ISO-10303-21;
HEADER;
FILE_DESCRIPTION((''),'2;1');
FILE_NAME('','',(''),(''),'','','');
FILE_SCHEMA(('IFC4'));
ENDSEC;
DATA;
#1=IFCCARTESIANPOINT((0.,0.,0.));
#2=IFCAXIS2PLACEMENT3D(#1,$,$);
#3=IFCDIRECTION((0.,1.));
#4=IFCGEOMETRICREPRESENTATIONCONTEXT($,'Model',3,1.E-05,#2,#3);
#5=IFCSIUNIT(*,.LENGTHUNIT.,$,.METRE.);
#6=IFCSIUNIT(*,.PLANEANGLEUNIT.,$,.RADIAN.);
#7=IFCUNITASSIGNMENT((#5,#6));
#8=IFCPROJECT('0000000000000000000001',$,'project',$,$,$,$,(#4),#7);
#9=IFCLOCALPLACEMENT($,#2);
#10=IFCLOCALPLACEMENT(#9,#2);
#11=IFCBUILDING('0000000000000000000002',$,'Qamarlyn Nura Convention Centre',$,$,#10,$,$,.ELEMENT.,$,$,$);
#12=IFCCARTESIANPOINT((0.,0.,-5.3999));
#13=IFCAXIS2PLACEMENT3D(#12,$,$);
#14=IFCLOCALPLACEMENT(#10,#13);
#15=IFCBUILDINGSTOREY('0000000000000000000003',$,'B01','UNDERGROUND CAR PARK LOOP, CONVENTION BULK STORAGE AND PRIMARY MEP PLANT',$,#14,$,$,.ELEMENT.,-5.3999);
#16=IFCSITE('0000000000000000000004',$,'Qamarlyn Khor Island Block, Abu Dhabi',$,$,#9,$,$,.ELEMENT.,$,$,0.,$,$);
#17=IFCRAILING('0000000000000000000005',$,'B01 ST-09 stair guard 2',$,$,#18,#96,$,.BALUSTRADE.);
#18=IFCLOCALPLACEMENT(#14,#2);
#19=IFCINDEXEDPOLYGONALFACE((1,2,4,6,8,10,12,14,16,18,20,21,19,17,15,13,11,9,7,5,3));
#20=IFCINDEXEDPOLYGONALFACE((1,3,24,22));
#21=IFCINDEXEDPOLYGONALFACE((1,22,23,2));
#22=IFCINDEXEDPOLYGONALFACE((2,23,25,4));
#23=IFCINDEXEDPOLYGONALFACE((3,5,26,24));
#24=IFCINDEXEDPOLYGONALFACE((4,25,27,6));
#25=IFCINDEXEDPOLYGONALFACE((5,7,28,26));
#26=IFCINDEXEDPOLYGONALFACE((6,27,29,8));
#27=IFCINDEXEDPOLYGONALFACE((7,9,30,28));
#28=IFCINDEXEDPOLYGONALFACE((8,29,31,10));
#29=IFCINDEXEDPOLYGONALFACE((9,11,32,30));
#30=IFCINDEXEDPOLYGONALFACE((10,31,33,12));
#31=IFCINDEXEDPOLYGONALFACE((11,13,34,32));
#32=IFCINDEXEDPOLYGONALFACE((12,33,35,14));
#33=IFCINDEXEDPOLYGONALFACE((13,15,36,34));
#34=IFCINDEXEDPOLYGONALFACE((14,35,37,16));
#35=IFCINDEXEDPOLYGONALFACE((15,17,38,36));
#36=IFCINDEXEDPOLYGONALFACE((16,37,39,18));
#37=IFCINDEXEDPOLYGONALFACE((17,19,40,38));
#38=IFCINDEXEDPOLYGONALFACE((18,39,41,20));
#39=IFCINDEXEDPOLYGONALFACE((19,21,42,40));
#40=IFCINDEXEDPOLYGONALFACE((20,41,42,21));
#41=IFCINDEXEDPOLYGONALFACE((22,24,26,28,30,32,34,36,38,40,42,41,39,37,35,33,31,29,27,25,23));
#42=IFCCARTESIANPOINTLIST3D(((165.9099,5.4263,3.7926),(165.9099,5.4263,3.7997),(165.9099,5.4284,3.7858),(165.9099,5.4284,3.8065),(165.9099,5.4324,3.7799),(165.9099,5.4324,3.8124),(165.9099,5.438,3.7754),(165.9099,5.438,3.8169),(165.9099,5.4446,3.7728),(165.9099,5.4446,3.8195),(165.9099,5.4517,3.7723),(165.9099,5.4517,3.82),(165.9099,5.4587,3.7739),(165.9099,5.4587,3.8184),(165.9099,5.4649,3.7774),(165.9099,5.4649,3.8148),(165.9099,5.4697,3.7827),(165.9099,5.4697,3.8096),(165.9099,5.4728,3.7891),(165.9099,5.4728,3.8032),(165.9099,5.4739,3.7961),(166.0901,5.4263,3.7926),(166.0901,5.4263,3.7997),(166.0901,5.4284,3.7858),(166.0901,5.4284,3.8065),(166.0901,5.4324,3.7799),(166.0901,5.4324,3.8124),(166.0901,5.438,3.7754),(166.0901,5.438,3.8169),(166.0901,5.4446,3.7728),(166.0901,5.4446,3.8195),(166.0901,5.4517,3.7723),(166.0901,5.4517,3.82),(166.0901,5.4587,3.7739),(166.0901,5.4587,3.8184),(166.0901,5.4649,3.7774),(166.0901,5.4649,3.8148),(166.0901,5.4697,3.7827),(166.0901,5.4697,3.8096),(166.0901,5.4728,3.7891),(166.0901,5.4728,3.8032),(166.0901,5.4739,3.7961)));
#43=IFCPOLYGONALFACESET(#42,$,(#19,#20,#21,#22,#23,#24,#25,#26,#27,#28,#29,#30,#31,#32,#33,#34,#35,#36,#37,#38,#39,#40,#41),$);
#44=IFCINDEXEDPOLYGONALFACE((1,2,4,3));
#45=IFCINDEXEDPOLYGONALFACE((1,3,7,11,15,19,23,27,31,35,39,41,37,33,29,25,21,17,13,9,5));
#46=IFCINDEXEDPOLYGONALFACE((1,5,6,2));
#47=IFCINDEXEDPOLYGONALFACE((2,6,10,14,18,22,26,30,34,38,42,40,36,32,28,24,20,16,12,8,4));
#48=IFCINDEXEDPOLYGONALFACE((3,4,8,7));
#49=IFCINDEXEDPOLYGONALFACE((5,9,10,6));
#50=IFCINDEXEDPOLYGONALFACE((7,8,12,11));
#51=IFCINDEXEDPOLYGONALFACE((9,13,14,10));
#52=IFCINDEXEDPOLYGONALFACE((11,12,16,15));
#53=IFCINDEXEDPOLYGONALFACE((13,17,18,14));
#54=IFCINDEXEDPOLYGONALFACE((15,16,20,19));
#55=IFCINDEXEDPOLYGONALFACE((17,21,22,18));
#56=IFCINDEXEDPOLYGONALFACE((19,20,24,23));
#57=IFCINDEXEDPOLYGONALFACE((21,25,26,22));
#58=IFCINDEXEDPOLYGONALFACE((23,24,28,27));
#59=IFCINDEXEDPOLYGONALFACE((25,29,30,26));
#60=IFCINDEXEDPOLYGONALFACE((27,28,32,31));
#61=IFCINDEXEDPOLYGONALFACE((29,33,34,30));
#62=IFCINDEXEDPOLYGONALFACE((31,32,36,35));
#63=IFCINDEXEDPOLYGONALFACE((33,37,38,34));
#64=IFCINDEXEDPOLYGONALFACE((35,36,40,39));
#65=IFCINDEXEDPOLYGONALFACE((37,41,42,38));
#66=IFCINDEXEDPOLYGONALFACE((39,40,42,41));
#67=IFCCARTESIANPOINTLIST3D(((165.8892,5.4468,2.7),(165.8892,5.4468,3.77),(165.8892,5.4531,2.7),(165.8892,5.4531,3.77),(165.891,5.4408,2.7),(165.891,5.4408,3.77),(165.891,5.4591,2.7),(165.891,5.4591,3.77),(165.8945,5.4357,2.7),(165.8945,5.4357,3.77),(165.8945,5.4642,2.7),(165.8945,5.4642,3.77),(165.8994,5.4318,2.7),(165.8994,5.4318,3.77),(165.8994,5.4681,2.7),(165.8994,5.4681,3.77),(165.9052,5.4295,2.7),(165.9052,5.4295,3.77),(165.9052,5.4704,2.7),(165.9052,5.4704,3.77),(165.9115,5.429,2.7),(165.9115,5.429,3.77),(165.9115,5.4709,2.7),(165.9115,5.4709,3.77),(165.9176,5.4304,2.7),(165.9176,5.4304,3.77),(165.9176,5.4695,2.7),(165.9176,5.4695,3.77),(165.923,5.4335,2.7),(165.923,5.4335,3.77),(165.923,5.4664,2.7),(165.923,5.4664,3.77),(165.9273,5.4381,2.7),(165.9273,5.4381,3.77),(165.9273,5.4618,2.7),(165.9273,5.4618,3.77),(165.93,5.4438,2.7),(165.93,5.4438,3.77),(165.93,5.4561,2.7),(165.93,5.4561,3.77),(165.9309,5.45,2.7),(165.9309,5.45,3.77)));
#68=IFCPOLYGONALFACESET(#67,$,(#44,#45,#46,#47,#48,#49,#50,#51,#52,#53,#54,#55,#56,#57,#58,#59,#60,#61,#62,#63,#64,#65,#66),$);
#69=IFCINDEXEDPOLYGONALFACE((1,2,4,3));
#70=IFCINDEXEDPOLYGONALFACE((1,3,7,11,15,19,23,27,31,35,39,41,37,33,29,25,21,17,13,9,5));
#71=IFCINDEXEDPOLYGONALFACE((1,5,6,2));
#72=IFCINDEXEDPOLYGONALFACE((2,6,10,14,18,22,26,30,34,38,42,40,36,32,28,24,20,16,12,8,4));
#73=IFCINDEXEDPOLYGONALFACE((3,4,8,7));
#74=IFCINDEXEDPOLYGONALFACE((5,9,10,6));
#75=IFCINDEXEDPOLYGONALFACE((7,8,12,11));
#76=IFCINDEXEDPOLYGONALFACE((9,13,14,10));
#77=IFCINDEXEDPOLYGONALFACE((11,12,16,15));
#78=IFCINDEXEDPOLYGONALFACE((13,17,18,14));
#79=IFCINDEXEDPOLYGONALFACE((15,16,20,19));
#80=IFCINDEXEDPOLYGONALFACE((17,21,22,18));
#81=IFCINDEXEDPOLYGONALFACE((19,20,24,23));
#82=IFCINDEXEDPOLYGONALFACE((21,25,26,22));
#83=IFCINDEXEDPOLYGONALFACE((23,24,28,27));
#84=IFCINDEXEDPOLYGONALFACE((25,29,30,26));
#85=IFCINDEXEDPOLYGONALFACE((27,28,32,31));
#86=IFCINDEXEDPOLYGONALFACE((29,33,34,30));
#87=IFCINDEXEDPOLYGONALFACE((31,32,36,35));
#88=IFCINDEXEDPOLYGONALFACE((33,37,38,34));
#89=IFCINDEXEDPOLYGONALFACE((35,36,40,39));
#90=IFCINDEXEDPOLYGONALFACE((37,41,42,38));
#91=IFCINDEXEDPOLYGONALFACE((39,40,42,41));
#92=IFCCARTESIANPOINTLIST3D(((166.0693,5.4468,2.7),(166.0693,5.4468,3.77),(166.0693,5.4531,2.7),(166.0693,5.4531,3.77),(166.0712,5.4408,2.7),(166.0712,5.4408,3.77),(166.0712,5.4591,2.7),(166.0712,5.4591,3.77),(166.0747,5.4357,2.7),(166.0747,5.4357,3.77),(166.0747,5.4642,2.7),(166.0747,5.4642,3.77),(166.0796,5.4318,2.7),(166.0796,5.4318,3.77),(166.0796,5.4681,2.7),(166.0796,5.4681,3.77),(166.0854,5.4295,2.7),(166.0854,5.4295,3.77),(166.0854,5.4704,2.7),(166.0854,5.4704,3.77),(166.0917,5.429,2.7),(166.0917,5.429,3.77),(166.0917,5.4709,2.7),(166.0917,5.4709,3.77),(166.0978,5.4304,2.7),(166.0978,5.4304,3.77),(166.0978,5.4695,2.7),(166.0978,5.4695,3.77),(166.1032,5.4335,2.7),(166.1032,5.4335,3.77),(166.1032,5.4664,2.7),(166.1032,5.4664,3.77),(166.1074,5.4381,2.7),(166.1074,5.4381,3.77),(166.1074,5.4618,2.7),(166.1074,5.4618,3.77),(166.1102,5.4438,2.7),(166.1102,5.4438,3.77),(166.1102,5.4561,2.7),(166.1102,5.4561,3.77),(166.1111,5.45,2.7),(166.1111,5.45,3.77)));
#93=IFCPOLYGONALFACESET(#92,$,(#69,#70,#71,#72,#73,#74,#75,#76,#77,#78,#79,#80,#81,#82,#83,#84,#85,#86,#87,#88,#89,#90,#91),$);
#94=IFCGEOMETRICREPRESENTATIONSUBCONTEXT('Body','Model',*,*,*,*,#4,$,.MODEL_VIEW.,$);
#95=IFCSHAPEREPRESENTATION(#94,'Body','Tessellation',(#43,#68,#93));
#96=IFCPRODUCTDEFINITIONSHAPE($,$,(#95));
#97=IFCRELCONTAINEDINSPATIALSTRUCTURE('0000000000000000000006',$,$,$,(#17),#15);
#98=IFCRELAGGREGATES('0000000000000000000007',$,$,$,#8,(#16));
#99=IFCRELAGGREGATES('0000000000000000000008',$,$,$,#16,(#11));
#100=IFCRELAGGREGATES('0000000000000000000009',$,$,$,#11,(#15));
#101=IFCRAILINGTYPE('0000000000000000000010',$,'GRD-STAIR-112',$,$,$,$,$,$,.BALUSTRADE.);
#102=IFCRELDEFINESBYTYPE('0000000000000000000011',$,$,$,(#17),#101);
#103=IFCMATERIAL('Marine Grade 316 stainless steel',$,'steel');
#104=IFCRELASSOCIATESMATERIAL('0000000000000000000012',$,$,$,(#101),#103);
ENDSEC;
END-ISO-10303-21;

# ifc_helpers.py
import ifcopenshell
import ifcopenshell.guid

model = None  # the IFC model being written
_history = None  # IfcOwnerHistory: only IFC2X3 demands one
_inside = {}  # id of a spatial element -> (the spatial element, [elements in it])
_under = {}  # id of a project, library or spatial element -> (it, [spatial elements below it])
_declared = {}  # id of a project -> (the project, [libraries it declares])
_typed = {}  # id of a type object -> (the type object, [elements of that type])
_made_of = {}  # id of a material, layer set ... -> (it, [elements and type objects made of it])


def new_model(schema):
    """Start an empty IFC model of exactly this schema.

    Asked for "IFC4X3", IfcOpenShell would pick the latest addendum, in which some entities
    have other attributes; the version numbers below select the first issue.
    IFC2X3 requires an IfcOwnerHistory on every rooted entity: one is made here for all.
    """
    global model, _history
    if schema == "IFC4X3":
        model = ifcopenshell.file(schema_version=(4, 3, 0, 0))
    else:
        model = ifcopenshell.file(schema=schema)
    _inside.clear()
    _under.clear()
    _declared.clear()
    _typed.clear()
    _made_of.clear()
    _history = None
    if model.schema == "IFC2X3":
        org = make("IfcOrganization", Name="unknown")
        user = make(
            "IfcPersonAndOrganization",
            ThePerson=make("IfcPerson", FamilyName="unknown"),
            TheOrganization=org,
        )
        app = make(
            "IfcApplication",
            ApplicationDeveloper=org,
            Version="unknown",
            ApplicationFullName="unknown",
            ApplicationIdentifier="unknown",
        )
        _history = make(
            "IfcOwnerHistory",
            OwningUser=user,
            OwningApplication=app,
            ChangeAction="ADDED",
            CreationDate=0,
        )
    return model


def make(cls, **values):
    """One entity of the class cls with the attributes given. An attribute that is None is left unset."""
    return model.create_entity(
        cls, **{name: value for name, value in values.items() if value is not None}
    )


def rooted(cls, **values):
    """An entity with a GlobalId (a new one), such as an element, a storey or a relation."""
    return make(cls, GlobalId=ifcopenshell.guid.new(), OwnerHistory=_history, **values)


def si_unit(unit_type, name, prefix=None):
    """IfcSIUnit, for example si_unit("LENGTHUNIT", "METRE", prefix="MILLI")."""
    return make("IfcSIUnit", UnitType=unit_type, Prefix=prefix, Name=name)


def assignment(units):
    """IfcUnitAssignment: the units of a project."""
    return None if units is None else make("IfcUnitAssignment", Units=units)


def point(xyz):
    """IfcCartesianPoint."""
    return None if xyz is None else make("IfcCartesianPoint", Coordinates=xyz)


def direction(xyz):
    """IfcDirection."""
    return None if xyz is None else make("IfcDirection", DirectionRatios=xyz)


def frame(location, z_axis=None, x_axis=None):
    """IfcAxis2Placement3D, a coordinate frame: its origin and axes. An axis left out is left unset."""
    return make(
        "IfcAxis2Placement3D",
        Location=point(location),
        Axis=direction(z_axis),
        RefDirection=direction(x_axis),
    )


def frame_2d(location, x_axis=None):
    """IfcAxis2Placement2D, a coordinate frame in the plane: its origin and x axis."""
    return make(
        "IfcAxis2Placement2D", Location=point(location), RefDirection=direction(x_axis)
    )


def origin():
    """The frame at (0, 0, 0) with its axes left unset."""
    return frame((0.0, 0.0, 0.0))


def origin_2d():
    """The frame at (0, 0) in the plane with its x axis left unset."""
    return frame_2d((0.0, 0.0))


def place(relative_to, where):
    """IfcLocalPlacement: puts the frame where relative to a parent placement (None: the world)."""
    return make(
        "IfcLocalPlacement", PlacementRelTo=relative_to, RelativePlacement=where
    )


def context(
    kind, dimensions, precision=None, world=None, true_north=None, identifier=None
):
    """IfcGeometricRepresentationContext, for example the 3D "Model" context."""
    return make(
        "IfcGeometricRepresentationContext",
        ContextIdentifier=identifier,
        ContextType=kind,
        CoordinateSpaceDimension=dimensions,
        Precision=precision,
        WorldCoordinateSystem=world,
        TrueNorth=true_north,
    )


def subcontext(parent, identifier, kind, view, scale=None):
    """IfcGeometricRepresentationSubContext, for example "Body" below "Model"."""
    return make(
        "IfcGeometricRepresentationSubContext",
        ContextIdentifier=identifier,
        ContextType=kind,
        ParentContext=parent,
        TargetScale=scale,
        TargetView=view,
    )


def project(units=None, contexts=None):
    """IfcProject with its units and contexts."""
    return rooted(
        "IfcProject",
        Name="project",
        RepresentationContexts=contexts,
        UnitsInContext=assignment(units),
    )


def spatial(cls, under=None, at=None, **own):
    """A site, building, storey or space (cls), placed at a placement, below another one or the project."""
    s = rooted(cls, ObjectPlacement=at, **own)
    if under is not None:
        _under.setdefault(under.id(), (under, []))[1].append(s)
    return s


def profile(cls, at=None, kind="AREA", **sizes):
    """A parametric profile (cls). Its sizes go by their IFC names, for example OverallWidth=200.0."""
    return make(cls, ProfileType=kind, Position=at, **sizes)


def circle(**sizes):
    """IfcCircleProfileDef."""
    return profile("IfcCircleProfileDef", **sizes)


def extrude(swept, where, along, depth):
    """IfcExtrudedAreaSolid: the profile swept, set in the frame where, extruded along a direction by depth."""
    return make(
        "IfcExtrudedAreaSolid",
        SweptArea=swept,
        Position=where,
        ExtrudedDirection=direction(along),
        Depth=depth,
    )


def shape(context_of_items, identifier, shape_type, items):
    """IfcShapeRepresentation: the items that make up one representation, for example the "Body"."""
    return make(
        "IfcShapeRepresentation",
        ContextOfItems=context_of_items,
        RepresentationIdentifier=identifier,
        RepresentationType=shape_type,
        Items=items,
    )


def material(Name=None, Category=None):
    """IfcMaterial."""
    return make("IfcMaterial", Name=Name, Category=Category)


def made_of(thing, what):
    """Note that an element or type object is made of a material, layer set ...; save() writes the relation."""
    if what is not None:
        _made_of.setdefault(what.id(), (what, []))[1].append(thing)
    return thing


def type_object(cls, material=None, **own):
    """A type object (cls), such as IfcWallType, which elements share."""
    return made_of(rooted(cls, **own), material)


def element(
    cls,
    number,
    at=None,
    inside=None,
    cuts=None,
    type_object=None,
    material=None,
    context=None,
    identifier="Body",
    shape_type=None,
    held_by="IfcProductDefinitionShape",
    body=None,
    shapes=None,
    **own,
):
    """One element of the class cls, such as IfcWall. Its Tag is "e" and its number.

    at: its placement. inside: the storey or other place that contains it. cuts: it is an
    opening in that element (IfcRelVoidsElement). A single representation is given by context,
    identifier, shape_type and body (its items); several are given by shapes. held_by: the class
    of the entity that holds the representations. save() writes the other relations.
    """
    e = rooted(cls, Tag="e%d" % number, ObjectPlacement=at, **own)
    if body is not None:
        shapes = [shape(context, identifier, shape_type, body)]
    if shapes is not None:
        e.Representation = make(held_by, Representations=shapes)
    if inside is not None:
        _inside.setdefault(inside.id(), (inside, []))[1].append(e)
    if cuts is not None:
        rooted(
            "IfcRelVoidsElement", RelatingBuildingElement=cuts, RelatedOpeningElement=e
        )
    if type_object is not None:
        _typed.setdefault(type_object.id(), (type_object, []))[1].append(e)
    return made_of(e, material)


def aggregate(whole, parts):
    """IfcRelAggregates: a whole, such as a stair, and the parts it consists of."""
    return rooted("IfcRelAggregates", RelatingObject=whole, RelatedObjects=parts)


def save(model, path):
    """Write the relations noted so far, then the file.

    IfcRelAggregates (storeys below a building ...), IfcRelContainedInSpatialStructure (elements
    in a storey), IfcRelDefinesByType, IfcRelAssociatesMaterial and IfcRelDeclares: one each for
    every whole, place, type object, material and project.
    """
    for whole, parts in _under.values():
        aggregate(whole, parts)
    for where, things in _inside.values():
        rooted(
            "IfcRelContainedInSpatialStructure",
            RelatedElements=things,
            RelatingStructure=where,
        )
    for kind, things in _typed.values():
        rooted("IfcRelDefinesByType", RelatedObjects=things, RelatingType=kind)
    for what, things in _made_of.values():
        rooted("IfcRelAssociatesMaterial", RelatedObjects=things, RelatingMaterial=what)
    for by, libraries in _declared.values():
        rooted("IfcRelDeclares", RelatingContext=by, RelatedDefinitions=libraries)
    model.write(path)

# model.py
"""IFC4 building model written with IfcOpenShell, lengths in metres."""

from ifc_helpers import new_model, si_unit, direction, frame, origin, origin_2d, place, context, subcontext, project, spatial, circle, extrude, material, type_object, element, save


model = new_model("IFC4")

# Units and contexts
model_context = context("Model", 3, precision=1e-05, world=origin(), true_north=direction((0.0, 1.0)))
body_context = subcontext(model_context, "Body", "Model", "MODEL_VIEW")
ifc_project = project(units=[si_unit("LENGTHUNIT", "METRE"), si_unit("PLANEANGLEUNIT", "RADIAN")], contexts=[model_context])

# Site, building, storey
site_placement = place(None, origin())
site = spatial("IfcSite", under=ifc_project, at=site_placement, Name="Qamarlyn Khor Island Block, Abu Dhabi", CompositionType="ELEMENT", RefElevation=0.0)
building_placement = place(site_placement, origin())
building = spatial("IfcBuilding", under=site, at=building_placement, Name="Qamarlyn Nura Convention Centre", CompositionType="ELEMENT")
storey_placement = place(building_placement, frame((0.0, 0.0, -5.3999)))
storey = spatial("IfcBuildingStorey", under=building, at=storey_placement, Name="B01", Description="UNDERGROUND CAR PARK LOOP, CONVENTION BULK STORAGE AND PRIMARY MEP PLANT", CompositionType="ELEMENT", Elevation=-5.3999)

# Railing
ifc_material_1 = material(Name="Marine Grade 316 stainless steel", Category="steel")
railing_type_1 = type_object("IfcRailingType", Name="GRD-STAIR-112", PredefinedType="BALUSTRADE", material=ifc_material_1)
railing_1_placement = place(storey_placement, frame((165.9099, 5.45, 2.7)))
element("IfcRailing", 1, at=railing_1_placement, inside=storey, type_object=railing_type_1, Name="B01 ST-09 stair guard 2", PredefinedType="BALUSTRADE", context=body_context, shape_type="SweptSolid", body=[
    extrude(circle(Radius=0.0239, at=origin_2d()), frame((0.0, 0.0, 1.0962), z_axis=(1.0, 0.0, 0.0), x_axis=(0.0, 1.0, 0.0)), (0.0, 0.0, 1.0), 0.1802),
    extrude(circle(Radius=0.021, at=origin_2d()), origin(), (0.0, 0.0, 1.0), 1.0701),
    extrude(circle(Radius=0.021, at=origin_2d()), frame((0.1802, 0.0, 0.0)), (0.0, 0.0, 1.0), 1.0701),
])

save(model, "model.ifc")
